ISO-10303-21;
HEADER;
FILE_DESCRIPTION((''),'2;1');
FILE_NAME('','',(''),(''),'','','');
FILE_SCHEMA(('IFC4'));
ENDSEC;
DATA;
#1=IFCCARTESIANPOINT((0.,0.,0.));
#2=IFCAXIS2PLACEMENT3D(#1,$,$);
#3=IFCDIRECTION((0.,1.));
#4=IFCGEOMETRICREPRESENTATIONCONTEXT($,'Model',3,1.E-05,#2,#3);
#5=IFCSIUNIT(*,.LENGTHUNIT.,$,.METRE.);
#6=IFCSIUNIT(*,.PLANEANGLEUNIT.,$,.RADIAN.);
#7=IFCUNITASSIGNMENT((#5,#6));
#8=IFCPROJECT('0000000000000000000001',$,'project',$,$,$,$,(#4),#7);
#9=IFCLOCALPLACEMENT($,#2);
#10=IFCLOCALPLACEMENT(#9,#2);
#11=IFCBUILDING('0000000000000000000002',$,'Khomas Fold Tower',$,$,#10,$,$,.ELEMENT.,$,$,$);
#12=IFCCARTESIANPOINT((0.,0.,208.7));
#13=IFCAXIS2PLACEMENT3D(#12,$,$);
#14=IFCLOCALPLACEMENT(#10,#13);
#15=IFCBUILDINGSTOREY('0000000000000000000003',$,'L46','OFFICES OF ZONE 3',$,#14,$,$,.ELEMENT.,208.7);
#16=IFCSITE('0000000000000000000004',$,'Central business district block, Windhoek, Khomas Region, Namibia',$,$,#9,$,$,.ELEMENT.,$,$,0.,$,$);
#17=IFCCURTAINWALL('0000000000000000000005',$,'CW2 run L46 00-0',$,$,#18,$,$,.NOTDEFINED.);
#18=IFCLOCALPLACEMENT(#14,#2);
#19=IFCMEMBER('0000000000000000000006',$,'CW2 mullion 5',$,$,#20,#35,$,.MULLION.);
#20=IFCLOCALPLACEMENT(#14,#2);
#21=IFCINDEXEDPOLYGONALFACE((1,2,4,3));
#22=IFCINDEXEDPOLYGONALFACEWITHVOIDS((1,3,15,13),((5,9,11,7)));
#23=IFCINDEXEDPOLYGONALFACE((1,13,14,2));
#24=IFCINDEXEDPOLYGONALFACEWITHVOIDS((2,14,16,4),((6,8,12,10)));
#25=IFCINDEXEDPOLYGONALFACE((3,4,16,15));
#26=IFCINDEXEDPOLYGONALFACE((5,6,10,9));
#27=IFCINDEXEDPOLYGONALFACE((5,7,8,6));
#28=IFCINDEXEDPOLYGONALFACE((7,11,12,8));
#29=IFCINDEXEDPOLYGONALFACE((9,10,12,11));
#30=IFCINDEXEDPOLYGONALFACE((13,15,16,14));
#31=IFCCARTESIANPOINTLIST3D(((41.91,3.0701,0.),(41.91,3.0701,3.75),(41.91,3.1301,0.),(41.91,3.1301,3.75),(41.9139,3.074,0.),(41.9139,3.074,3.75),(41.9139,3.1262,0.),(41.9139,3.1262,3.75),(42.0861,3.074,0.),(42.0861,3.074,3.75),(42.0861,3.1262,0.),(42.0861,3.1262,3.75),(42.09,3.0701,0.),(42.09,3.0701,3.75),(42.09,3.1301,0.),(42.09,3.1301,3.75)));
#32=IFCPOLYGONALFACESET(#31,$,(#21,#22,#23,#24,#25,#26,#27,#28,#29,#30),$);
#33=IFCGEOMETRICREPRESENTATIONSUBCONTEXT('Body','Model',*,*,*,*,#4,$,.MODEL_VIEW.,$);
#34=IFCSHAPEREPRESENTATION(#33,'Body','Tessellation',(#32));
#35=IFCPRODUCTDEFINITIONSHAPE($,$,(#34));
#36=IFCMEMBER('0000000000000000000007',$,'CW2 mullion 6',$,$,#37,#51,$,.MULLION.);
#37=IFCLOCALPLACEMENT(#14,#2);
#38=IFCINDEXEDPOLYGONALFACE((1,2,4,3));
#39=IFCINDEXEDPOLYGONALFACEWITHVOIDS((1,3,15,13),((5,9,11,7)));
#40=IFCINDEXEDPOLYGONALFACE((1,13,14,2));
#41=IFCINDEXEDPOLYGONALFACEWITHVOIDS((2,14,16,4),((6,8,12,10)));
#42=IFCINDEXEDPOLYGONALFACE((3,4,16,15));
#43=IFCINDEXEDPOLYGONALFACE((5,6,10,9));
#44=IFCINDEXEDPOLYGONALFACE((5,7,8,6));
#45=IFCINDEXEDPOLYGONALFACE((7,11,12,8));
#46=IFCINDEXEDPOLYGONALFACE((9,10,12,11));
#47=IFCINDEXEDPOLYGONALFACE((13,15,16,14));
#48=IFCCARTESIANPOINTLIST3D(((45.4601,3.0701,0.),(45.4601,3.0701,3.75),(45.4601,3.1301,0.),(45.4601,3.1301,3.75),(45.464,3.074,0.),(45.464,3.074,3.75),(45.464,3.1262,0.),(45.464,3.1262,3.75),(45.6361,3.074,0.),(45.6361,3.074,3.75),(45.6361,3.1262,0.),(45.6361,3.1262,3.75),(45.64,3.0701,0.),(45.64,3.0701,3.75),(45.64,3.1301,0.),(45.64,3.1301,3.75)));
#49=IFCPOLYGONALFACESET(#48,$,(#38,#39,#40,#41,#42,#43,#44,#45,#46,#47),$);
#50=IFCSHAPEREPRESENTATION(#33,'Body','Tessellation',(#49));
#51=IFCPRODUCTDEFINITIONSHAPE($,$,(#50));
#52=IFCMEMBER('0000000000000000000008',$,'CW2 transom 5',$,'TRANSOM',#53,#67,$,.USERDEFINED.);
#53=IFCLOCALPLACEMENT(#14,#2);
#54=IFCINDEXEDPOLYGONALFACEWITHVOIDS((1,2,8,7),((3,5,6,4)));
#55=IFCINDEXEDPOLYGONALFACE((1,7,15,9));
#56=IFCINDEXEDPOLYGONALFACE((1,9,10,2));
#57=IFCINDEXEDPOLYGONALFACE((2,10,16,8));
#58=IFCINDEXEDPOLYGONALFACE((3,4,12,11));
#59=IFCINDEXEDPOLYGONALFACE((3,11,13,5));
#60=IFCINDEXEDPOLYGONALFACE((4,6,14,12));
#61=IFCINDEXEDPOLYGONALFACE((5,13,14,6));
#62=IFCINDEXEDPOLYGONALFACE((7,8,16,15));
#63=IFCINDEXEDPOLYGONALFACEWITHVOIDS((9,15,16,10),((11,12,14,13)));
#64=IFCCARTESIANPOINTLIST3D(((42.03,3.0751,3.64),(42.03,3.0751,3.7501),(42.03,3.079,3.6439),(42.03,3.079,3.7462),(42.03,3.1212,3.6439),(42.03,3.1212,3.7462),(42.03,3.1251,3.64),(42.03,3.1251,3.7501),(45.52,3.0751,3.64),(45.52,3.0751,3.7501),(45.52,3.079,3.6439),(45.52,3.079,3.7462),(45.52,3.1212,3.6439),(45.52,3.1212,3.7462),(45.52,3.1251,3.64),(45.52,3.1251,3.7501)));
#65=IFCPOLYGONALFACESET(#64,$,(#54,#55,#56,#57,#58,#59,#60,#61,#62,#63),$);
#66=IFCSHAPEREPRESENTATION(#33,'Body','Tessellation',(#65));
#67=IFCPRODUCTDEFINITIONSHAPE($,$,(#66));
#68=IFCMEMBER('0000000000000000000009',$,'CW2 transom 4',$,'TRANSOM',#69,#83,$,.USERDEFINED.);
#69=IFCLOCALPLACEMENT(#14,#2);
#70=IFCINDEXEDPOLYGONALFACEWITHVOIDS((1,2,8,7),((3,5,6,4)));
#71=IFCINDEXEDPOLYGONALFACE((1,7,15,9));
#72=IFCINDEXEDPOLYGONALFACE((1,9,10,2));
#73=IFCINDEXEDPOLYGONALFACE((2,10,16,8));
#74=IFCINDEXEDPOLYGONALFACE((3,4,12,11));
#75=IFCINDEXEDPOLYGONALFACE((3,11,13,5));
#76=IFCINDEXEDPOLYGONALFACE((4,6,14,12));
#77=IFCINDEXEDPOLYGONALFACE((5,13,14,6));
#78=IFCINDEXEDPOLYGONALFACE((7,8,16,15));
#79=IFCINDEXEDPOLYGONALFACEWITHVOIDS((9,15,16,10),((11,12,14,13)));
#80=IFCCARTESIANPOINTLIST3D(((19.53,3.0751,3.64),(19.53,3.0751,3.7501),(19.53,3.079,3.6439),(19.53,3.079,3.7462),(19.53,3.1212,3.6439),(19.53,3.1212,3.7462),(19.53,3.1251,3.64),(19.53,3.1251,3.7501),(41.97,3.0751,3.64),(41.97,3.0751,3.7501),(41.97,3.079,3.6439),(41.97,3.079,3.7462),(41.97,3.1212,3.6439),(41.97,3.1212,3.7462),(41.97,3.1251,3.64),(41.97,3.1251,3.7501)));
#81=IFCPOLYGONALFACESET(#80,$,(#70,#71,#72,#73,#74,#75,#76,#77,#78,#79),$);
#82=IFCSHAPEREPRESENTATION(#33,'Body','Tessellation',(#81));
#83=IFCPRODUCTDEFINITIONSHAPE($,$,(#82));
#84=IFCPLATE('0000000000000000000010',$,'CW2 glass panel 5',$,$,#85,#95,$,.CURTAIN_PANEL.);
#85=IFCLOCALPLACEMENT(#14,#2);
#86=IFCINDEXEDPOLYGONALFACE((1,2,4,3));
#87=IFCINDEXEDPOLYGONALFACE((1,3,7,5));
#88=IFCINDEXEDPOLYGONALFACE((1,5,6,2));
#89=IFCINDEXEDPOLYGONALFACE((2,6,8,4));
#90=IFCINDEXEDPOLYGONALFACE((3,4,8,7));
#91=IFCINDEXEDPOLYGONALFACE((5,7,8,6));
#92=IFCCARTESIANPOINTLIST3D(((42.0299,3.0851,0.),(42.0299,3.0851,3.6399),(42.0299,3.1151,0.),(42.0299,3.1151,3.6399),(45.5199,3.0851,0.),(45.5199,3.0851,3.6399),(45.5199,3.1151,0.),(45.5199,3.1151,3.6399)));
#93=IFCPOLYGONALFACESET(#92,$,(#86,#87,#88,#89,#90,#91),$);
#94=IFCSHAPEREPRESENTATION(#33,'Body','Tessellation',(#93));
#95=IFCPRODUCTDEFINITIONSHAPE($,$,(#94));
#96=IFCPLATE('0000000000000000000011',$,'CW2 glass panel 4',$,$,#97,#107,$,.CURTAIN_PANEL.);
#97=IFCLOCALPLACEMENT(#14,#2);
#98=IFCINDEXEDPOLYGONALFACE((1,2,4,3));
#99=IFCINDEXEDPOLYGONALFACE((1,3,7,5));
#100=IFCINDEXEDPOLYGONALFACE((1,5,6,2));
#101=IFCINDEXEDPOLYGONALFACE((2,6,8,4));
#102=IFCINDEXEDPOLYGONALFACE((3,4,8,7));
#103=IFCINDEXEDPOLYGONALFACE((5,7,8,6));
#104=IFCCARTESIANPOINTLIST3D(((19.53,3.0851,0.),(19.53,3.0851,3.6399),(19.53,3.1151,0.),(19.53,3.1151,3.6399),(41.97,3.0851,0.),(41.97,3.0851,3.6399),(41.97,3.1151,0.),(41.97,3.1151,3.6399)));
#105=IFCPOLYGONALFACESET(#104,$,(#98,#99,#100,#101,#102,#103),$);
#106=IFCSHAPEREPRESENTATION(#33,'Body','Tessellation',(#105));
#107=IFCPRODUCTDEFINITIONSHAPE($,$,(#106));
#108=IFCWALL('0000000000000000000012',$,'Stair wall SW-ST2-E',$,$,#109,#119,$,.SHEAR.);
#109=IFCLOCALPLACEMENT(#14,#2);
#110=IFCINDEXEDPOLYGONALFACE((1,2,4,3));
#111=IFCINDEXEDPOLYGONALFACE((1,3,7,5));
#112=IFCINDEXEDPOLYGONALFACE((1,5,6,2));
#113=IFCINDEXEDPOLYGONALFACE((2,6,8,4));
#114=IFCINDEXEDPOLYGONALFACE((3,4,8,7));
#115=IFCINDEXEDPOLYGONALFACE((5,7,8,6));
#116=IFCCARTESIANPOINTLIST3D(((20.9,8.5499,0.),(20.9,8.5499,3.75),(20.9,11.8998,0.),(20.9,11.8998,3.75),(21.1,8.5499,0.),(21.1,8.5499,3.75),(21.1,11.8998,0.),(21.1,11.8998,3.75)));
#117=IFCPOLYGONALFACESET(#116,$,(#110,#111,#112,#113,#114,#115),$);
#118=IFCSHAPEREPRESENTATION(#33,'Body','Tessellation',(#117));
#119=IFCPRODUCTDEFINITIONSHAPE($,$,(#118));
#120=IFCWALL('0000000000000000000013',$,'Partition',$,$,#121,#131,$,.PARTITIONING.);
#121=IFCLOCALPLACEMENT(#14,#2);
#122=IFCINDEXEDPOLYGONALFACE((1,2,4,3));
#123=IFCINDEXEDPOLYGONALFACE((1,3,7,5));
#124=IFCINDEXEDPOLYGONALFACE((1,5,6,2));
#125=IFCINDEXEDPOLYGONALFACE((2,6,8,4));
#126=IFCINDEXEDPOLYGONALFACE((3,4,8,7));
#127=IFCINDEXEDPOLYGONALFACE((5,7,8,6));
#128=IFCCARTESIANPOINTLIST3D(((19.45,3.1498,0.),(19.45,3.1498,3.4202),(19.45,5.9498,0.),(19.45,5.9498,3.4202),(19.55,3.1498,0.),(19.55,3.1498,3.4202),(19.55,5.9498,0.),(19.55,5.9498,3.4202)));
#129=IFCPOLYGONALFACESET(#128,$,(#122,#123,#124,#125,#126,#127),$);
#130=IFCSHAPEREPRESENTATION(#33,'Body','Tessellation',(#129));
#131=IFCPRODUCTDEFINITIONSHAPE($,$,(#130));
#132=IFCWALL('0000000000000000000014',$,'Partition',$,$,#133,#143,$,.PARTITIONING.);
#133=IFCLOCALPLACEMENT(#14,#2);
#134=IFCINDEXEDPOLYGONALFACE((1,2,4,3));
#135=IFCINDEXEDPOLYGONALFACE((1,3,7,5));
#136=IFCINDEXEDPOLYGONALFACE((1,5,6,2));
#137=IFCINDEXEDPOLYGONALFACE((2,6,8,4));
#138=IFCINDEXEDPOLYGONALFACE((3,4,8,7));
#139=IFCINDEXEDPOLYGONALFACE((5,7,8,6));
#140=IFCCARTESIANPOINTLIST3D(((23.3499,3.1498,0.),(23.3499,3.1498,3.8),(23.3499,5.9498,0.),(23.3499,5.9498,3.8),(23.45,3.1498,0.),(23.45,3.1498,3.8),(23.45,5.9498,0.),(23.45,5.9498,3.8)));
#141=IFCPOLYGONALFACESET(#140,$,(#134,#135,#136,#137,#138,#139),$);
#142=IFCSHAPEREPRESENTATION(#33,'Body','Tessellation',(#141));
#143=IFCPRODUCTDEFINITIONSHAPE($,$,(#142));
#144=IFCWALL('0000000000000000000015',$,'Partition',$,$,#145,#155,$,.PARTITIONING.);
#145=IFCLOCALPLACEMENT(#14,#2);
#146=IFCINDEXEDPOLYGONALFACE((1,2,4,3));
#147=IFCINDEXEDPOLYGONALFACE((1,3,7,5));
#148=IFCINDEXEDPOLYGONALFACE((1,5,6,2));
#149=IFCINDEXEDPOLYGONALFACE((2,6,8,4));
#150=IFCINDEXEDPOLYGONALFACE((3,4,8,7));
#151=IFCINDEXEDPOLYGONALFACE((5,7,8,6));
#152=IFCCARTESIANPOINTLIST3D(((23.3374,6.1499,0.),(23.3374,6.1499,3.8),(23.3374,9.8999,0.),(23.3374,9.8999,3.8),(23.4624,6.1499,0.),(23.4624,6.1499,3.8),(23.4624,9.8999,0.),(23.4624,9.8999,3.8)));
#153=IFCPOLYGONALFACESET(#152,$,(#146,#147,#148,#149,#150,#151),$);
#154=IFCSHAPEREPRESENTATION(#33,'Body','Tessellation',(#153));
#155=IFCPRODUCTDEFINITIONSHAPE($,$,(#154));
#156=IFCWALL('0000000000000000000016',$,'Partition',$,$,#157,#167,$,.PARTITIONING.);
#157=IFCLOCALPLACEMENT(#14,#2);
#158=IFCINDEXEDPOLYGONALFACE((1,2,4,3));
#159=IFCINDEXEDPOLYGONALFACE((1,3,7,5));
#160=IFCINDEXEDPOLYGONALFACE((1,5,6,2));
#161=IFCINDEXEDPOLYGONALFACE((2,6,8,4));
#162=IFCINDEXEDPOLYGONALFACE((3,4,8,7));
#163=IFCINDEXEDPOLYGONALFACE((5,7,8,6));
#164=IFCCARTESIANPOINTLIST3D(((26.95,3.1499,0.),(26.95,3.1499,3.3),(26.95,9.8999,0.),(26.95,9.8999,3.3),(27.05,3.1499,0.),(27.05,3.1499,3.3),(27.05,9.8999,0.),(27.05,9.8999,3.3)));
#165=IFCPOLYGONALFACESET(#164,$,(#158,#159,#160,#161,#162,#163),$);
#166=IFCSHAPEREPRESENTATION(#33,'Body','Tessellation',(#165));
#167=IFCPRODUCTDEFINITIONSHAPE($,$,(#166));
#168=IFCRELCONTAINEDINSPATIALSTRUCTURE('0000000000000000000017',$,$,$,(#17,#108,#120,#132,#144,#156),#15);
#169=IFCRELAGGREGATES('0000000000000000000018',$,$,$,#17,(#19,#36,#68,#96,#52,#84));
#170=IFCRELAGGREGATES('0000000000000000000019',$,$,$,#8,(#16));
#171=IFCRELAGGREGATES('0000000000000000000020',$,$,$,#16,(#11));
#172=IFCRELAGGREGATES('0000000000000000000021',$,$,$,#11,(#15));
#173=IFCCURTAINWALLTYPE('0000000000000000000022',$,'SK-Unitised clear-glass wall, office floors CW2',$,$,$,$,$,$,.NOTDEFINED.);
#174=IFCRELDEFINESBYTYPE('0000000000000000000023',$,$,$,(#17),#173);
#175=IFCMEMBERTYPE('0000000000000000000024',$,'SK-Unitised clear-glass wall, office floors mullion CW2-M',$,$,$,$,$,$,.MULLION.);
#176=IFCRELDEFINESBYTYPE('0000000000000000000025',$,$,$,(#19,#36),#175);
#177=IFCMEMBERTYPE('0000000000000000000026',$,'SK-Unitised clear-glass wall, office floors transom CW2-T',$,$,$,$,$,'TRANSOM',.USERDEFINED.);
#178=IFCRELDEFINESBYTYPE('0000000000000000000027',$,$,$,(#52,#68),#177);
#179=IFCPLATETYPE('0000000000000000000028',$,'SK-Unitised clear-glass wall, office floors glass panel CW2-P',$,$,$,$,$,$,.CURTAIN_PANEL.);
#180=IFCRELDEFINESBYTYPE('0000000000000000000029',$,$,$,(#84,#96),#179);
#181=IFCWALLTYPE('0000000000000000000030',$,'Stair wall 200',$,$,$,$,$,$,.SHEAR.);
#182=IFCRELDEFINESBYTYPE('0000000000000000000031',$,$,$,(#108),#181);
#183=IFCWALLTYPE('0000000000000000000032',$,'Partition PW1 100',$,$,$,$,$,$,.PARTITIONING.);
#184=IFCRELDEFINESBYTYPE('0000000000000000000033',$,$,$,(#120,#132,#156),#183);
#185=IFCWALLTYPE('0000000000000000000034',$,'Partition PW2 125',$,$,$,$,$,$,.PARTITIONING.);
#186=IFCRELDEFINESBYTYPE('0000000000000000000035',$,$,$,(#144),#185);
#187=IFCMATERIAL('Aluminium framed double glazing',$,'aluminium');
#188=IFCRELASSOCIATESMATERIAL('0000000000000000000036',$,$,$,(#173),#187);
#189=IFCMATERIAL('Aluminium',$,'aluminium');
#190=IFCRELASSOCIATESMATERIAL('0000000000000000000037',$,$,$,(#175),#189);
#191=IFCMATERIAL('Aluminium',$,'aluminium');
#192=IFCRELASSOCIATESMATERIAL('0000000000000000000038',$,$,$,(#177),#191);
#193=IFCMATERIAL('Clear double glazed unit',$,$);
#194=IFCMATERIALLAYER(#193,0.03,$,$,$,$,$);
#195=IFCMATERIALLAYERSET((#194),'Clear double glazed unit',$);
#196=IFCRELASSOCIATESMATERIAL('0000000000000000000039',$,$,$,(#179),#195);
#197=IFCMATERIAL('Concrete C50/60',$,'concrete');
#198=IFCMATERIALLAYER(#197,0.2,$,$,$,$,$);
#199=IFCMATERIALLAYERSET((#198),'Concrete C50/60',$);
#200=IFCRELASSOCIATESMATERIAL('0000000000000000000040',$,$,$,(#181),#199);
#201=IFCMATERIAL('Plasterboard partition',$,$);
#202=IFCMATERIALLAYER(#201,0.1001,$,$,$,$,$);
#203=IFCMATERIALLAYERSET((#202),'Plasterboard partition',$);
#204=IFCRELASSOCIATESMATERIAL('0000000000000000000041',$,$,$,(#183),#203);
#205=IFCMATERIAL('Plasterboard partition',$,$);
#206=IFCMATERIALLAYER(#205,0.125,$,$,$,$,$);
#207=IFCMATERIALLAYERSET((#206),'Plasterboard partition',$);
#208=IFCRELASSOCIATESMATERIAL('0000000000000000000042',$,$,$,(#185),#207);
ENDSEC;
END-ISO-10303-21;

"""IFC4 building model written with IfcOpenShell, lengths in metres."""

from ifc_helpers import new_model, si_unit, direction, frame, frame_2d, origin, origin_2d, place, context, subcontext, project, spatial, rectangle, hollow_rectangle, extrude, source, transform, mapped, material, layer, layer_set, material_profile, profile_set, type_object, element, aggregate, save


model = new_model("IFC4")

# Units and contexts
model_context = context("Model", 3, precision=1e-05, world=origin(), true_north=direction((0.0, 1.0)))
body_context = subcontext(model_context, "Body", "Model", "MODEL_VIEW")
ifc_project = project(units=[si_unit("LENGTHUNIT", "METRE"), si_unit("PLANEANGLEUNIT", "RADIAN")], contexts=[model_context])

# Site, building, storey
site_placement = place(None, origin())
site = spatial("IfcSite", under=ifc_project, at=site_placement, Name="Central business district block, Windhoek, Khomas Region, Namibia", CompositionType="ELEMENT", RefElevation=0.0)
building_placement = place(site_placement, origin())
building = spatial("IfcBuilding", under=site, at=building_placement, Name="Khomas Fold Tower", CompositionType="ELEMENT")
storey_placement = place(building_placement, frame((0.0, 0.0, 208.7)))
storey = spatial("IfcBuildingStorey", under=building, at=storey_placement, Name="L46", Description="OFFICES OF ZONE 3", CompositionType="ELEMENT", Elevation=208.7)

# Curtain wall, members, plates
ifc_material_1 = material(Name="Aluminium framed double glazing", Category="aluminium")
curtain_wall_type = type_object("IfcCurtainWallType", Name="SK-Unitised clear-glass wall, office floors CW2", PredefinedType="NOTDEFINED", material=ifc_material_1)
curtain_wall_placement = place(storey_placement, origin())
curtain_wall = element("IfcCurtainWall", 1, at=curtain_wall_placement, inside=storey, type_object=curtain_wall_type, Name="CW2 run L46 00-0", PredefinedType="NOTDEFINED")
ifc_material_2 = material(Name="Aluminium", Category="aluminium")
ifc_material_profile_1 = material_profile(ifc_material_2, hollow_rectangle(XDim=0.0601, YDim=0.1799, WallThickness=0.0039, at=origin_2d()), Name="SK-Unitised clear-glass wall, office floors mullion CW2-M")
ifc_profile_set_1 = profile_set([ifc_material_profile_1], Name="Aluminium")
member_type_1 = type_object("IfcMemberType", Name="SK-Unitised clear-glass wall, office floors mullion CW2-M", PredefinedType="MULLION", material=ifc_profile_set_1)
shared_shape_1 = source(origin(), body_context, "Body", "SweptSolid", [
    extrude(hollow_rectangle(XDim=0.0601, YDim=0.1799, WallThickness=0.0039, at=origin_2d()), origin(), (0.0, 0.0, 1.0), 3.75),
])
member_1_placement = place(storey_placement, frame((42.0, 3.1001, 0.0), z_axis=(0.0, 0.0, 1.0), x_axis=(0.0, 1.0, 0.0)))
member_1 = element("IfcMember", 2, at=member_1_placement, type_object=member_type_1, Name="CW2 mullion 5", PredefinedType="MULLION", context=body_context, shape_type="MappedRepresentation", body=[
    mapped(shared_shape_1, transform((0.0, 0.0, 0.0))),
])
member_2_placement = place(storey_placement, frame((45.55, 3.1001, 0.0), z_axis=(0.0, 0.0, 1.0), x_axis=(0.0, 1.0, 0.0)))
member_2 = element("IfcMember", 3, at=member_2_placement, type_object=member_type_1, Name="CW2 mullion 6", PredefinedType="MULLION", context=body_context, shape_type="MappedRepresentation", body=[
    mapped(shared_shape_1, transform((0.0, 0.0, 0.0))),
])
ifc_material_3 = material(Name="Aluminium", Category="aluminium")
ifc_material_profile_2 = material_profile(ifc_material_3, hollow_rectangle(XDim=0.05, YDim=0.1101, WallThickness=0.0039, at=origin_2d()), Name="SK-Unitised clear-glass wall, office floors transom CW2-T")
ifc_profile_set_2 = profile_set([ifc_material_profile_2], Name="Aluminium")
member_type_2 = type_object("IfcMemberType", Name="SK-Unitised clear-glass wall, office floors transom CW2-T", ElementType="TRANSOM", PredefinedType="USERDEFINED", material=ifc_profile_set_2)
shared_shape_2 = source(origin(), body_context, "Body", "SweptSolid", [
    extrude(hollow_rectangle(XDim=0.05, YDim=0.1101, WallThickness=0.0039, at=origin_2d()), origin(), (0.0, 0.0, 1.0), 3.49),
])
member_3_placement = place(storey_placement, frame((42.03, 3.1001, 3.6951), z_axis=(1.0, 0.0, 0.0), x_axis=(0.0, 1.0, 0.0)))
member_3 = element("IfcMember", 4, at=member_3_placement, type_object=member_type_2, Name="CW2 transom 5", ObjectType="TRANSOM", PredefinedType="USERDEFINED", context=body_context, shape_type="MappedRepresentation", body=[
    mapped(shared_shape_2, transform((0.0, 0.0, 0.0))),
])
shared_shape_3 = source(origin(), body_context, "Body", "SweptSolid", [
    extrude(hollow_rectangle(XDim=0.05, YDim=0.1101, WallThickness=0.0039, at=origin_2d()), origin(), (0.0, 0.0, 1.0), 22.4399),
])
member_4_placement = place(storey_placement, frame((19.53, 3.1001, 3.6951), z_axis=(1.0, 0.0, 0.0), x_axis=(0.0, 1.0, 0.0)))
member_4 = element("IfcMember", 5, at=member_4_placement, type_object=member_type_2, Name="CW2 transom 4", ObjectType="TRANSOM", PredefinedType="USERDEFINED", context=body_context, shape_type="MappedRepresentation", body=[
    mapped(shared_shape_3, transform((0.0, 0.0, 0.0))),
])
ifc_material_4 = material(Name="Clear double glazed unit")
ifc_layer_1 = layer(ifc_material_4, 0.03)
ifc_layer_set_1 = layer_set([ifc_layer_1], Name="Clear double glazed unit")
plate_type = type_object("IfcPlateType", Name="SK-Unitised clear-glass wall, office floors glass panel CW2-P", PredefinedType="CURTAIN_PANEL", material=ifc_layer_set_1)
shared_shape_4 = source(origin(), body_context, "Body", "SweptSolid", [
    extrude(rectangle(XDim=3.49, YDim=0.03, at=origin_2d()), origin(), (0.0, 0.0, 1.0), 3.6399),
])
plate_1_placement = place(storey_placement, frame((43.7749, 3.1001, 0.0), z_axis=(0.0, 0.0, 1.0), x_axis=(1.0, 0.0, 0.0)))
plate_1 = element("IfcPlate", 6, at=plate_1_placement, type_object=plate_type, Name="CW2 glass panel 5", PredefinedType="CURTAIN_PANEL", context=body_context, shape_type="MappedRepresentation", body=[
    mapped(shared_shape_4, transform((0.0, 0.0, 0.0))),
])
shared_shape_5 = source(origin(), body_context, "Body", "SweptSolid", [
    extrude(rectangle(XDim=22.4399, YDim=0.03, at=origin_2d()), origin(), (0.0, 0.0, 1.0), 3.6399),
])
plate_2_placement = place(storey_placement, frame((30.75, 3.1001, 0.0), z_axis=(0.0, 0.0, 1.0), x_axis=(1.0, 0.0, 0.0)))
plate_2 = element("IfcPlate", 7, at=plate_2_placement, type_object=plate_type, Name="CW2 glass panel 4", PredefinedType="CURTAIN_PANEL", context=body_context, shape_type="MappedRepresentation", body=[
    mapped(shared_shape_5, transform((0.0, 0.0, 0.0))),
])
aggregate(curtain_wall, [member_1, member_2, member_4, plate_2, member_3, plate_1])

# Walls
ifc_material_5 = material(Name="Concrete C50/60", Category="concrete")
ifc_layer_2 = layer(ifc_material_5, 0.2)
ifc_layer_set_2 = layer_set([ifc_layer_2], Name="Concrete C50/60")
wall_type_1 = type_object("IfcWallType", Name="Stair wall 200", PredefinedType="SHEAR", material=ifc_layer_set_2)
shared_shape_6 = source(origin(), body_context, "Body", "SweptSolid", [
    extrude(rectangle(XDim=3.3499, YDim=0.2, at=frame_2d((1.6748, 0.0))), origin(), (0.0, 0.0, 1.0), 3.75),
])
wall_1_placement = place(storey_placement, frame((21.0, 8.55, 0.0), z_axis=(0.0, 0.0, 1.0), x_axis=(0.0, 1.0, 0.0)))
element("IfcWall", 8, at=wall_1_placement, inside=storey, type_object=wall_type_1, Name="Stair wall SW-ST2-E", PredefinedType="SHEAR", context=body_context, shape_type="MappedRepresentation", body=[
    mapped(shared_shape_6, transform((0.0, 0.0, 0.0))),
])
ifc_material_6 = material(Name="Plasterboard partition")
ifc_layer_3 = layer(ifc_material_6, 0.1001)
ifc_layer_set_3 = layer_set([ifc_layer_3], Name="Plasterboard partition")
wall_type_2 = type_object("IfcWallType", Name="Partition PW1 100", PredefinedType="PARTITIONING", material=ifc_layer_set_3)
shared_shape_7 = source(origin(), body_context, "Body", "SweptSolid", [
    extrude(rectangle(XDim=2.8, YDim=0.1001, at=frame_2d((1.3999, 0.0))), origin(), (0.0, 0.0, 1.0), 3.4202),
])
wall_2_placement = place(storey_placement, frame((19.5, 3.1499, 0.0), z_axis=(0.0, 0.0, 1.0), x_axis=(0.0, 1.0, 0.0)))
element("IfcWall", 9, at=wall_2_placement, inside=storey, type_object=wall_type_2, Name="Partition", PredefinedType="PARTITIONING", context=body_context, shape_type="MappedRepresentation", body=[
    mapped(shared_shape_7, transform((0.0, 0.0, 0.0))),
])
shared_shape_8 = source(origin(), body_context, "Body", "SweptSolid", [
    extrude(rectangle(XDim=2.8, YDim=0.1001, at=frame_2d((1.3999, 0.0))), origin(), (0.0, 0.0, 1.0), 3.8),
])
wall_3_placement = place(storey_placement, frame((23.3999, 3.1499, 0.0), z_axis=(0.0, 0.0, 1.0), x_axis=(0.0, 1.0, 0.0)))
element("IfcWall", 10, at=wall_3_placement, inside=storey, type_object=wall_type_2, Name="Partition", PredefinedType="PARTITIONING", context=body_context, shape_type="MappedRepresentation", body=[
    mapped(shared_shape_8, transform((0.0, 0.0, 0.0))),
])
ifc_material_7 = material(Name="Plasterboard partition")
ifc_layer_4 = layer(ifc_material_7, 0.125)
ifc_layer_set_4 = layer_set([ifc_layer_4], Name="Plasterboard partition")
wall_type_3 = type_object("IfcWallType", Name="Partition PW2 125", PredefinedType="PARTITIONING", material=ifc_layer_set_4)
shared_shape_9 = source(origin(), body_context, "Body", "SweptSolid", [
    extrude(rectangle(XDim=3.75, YDim=0.125, at=frame_2d((1.875, 0.0))), origin(), (0.0, 0.0, 1.0), 3.8),
])
wall_4_placement = place(storey_placement, frame((23.3999, 6.1499, 0.0), z_axis=(0.0, 0.0, 1.0), x_axis=(0.0, 1.0, 0.0)))
element("IfcWall", 11, at=wall_4_placement, inside=storey, type_object=wall_type_3, Name="Partition", PredefinedType="PARTITIONING", context=body_context, shape_type="MappedRepresentation", body=[
    mapped(shared_shape_9, transform((0.0, 0.0, 0.0))),
])
shared_shape_10 = source(origin(), body_context, "Body", "SweptSolid", [
    extrude(rectangle(XDim=6.75, YDim=0.1001, at=frame_2d((3.375, 0.0))), origin(), (0.0, 0.0, 1.0), 3.3),
])
wall_5_placement = place(storey_placement, frame((27.0, 3.1499, 0.0), z_axis=(0.0, 0.0, 1.0), x_axis=(0.0, 1.0, 0.0)))
element("IfcWall", 12, at=wall_5_placement, inside=storey, type_object=wall_type_2, Name="Partition", PredefinedType="PARTITIONING", context=body_context, shape_type="MappedRepresentation", body=[
    mapped(shared_shape_10, transform((0.0, 0.0, 0.0))),
])

save(model, "model.ifc")
